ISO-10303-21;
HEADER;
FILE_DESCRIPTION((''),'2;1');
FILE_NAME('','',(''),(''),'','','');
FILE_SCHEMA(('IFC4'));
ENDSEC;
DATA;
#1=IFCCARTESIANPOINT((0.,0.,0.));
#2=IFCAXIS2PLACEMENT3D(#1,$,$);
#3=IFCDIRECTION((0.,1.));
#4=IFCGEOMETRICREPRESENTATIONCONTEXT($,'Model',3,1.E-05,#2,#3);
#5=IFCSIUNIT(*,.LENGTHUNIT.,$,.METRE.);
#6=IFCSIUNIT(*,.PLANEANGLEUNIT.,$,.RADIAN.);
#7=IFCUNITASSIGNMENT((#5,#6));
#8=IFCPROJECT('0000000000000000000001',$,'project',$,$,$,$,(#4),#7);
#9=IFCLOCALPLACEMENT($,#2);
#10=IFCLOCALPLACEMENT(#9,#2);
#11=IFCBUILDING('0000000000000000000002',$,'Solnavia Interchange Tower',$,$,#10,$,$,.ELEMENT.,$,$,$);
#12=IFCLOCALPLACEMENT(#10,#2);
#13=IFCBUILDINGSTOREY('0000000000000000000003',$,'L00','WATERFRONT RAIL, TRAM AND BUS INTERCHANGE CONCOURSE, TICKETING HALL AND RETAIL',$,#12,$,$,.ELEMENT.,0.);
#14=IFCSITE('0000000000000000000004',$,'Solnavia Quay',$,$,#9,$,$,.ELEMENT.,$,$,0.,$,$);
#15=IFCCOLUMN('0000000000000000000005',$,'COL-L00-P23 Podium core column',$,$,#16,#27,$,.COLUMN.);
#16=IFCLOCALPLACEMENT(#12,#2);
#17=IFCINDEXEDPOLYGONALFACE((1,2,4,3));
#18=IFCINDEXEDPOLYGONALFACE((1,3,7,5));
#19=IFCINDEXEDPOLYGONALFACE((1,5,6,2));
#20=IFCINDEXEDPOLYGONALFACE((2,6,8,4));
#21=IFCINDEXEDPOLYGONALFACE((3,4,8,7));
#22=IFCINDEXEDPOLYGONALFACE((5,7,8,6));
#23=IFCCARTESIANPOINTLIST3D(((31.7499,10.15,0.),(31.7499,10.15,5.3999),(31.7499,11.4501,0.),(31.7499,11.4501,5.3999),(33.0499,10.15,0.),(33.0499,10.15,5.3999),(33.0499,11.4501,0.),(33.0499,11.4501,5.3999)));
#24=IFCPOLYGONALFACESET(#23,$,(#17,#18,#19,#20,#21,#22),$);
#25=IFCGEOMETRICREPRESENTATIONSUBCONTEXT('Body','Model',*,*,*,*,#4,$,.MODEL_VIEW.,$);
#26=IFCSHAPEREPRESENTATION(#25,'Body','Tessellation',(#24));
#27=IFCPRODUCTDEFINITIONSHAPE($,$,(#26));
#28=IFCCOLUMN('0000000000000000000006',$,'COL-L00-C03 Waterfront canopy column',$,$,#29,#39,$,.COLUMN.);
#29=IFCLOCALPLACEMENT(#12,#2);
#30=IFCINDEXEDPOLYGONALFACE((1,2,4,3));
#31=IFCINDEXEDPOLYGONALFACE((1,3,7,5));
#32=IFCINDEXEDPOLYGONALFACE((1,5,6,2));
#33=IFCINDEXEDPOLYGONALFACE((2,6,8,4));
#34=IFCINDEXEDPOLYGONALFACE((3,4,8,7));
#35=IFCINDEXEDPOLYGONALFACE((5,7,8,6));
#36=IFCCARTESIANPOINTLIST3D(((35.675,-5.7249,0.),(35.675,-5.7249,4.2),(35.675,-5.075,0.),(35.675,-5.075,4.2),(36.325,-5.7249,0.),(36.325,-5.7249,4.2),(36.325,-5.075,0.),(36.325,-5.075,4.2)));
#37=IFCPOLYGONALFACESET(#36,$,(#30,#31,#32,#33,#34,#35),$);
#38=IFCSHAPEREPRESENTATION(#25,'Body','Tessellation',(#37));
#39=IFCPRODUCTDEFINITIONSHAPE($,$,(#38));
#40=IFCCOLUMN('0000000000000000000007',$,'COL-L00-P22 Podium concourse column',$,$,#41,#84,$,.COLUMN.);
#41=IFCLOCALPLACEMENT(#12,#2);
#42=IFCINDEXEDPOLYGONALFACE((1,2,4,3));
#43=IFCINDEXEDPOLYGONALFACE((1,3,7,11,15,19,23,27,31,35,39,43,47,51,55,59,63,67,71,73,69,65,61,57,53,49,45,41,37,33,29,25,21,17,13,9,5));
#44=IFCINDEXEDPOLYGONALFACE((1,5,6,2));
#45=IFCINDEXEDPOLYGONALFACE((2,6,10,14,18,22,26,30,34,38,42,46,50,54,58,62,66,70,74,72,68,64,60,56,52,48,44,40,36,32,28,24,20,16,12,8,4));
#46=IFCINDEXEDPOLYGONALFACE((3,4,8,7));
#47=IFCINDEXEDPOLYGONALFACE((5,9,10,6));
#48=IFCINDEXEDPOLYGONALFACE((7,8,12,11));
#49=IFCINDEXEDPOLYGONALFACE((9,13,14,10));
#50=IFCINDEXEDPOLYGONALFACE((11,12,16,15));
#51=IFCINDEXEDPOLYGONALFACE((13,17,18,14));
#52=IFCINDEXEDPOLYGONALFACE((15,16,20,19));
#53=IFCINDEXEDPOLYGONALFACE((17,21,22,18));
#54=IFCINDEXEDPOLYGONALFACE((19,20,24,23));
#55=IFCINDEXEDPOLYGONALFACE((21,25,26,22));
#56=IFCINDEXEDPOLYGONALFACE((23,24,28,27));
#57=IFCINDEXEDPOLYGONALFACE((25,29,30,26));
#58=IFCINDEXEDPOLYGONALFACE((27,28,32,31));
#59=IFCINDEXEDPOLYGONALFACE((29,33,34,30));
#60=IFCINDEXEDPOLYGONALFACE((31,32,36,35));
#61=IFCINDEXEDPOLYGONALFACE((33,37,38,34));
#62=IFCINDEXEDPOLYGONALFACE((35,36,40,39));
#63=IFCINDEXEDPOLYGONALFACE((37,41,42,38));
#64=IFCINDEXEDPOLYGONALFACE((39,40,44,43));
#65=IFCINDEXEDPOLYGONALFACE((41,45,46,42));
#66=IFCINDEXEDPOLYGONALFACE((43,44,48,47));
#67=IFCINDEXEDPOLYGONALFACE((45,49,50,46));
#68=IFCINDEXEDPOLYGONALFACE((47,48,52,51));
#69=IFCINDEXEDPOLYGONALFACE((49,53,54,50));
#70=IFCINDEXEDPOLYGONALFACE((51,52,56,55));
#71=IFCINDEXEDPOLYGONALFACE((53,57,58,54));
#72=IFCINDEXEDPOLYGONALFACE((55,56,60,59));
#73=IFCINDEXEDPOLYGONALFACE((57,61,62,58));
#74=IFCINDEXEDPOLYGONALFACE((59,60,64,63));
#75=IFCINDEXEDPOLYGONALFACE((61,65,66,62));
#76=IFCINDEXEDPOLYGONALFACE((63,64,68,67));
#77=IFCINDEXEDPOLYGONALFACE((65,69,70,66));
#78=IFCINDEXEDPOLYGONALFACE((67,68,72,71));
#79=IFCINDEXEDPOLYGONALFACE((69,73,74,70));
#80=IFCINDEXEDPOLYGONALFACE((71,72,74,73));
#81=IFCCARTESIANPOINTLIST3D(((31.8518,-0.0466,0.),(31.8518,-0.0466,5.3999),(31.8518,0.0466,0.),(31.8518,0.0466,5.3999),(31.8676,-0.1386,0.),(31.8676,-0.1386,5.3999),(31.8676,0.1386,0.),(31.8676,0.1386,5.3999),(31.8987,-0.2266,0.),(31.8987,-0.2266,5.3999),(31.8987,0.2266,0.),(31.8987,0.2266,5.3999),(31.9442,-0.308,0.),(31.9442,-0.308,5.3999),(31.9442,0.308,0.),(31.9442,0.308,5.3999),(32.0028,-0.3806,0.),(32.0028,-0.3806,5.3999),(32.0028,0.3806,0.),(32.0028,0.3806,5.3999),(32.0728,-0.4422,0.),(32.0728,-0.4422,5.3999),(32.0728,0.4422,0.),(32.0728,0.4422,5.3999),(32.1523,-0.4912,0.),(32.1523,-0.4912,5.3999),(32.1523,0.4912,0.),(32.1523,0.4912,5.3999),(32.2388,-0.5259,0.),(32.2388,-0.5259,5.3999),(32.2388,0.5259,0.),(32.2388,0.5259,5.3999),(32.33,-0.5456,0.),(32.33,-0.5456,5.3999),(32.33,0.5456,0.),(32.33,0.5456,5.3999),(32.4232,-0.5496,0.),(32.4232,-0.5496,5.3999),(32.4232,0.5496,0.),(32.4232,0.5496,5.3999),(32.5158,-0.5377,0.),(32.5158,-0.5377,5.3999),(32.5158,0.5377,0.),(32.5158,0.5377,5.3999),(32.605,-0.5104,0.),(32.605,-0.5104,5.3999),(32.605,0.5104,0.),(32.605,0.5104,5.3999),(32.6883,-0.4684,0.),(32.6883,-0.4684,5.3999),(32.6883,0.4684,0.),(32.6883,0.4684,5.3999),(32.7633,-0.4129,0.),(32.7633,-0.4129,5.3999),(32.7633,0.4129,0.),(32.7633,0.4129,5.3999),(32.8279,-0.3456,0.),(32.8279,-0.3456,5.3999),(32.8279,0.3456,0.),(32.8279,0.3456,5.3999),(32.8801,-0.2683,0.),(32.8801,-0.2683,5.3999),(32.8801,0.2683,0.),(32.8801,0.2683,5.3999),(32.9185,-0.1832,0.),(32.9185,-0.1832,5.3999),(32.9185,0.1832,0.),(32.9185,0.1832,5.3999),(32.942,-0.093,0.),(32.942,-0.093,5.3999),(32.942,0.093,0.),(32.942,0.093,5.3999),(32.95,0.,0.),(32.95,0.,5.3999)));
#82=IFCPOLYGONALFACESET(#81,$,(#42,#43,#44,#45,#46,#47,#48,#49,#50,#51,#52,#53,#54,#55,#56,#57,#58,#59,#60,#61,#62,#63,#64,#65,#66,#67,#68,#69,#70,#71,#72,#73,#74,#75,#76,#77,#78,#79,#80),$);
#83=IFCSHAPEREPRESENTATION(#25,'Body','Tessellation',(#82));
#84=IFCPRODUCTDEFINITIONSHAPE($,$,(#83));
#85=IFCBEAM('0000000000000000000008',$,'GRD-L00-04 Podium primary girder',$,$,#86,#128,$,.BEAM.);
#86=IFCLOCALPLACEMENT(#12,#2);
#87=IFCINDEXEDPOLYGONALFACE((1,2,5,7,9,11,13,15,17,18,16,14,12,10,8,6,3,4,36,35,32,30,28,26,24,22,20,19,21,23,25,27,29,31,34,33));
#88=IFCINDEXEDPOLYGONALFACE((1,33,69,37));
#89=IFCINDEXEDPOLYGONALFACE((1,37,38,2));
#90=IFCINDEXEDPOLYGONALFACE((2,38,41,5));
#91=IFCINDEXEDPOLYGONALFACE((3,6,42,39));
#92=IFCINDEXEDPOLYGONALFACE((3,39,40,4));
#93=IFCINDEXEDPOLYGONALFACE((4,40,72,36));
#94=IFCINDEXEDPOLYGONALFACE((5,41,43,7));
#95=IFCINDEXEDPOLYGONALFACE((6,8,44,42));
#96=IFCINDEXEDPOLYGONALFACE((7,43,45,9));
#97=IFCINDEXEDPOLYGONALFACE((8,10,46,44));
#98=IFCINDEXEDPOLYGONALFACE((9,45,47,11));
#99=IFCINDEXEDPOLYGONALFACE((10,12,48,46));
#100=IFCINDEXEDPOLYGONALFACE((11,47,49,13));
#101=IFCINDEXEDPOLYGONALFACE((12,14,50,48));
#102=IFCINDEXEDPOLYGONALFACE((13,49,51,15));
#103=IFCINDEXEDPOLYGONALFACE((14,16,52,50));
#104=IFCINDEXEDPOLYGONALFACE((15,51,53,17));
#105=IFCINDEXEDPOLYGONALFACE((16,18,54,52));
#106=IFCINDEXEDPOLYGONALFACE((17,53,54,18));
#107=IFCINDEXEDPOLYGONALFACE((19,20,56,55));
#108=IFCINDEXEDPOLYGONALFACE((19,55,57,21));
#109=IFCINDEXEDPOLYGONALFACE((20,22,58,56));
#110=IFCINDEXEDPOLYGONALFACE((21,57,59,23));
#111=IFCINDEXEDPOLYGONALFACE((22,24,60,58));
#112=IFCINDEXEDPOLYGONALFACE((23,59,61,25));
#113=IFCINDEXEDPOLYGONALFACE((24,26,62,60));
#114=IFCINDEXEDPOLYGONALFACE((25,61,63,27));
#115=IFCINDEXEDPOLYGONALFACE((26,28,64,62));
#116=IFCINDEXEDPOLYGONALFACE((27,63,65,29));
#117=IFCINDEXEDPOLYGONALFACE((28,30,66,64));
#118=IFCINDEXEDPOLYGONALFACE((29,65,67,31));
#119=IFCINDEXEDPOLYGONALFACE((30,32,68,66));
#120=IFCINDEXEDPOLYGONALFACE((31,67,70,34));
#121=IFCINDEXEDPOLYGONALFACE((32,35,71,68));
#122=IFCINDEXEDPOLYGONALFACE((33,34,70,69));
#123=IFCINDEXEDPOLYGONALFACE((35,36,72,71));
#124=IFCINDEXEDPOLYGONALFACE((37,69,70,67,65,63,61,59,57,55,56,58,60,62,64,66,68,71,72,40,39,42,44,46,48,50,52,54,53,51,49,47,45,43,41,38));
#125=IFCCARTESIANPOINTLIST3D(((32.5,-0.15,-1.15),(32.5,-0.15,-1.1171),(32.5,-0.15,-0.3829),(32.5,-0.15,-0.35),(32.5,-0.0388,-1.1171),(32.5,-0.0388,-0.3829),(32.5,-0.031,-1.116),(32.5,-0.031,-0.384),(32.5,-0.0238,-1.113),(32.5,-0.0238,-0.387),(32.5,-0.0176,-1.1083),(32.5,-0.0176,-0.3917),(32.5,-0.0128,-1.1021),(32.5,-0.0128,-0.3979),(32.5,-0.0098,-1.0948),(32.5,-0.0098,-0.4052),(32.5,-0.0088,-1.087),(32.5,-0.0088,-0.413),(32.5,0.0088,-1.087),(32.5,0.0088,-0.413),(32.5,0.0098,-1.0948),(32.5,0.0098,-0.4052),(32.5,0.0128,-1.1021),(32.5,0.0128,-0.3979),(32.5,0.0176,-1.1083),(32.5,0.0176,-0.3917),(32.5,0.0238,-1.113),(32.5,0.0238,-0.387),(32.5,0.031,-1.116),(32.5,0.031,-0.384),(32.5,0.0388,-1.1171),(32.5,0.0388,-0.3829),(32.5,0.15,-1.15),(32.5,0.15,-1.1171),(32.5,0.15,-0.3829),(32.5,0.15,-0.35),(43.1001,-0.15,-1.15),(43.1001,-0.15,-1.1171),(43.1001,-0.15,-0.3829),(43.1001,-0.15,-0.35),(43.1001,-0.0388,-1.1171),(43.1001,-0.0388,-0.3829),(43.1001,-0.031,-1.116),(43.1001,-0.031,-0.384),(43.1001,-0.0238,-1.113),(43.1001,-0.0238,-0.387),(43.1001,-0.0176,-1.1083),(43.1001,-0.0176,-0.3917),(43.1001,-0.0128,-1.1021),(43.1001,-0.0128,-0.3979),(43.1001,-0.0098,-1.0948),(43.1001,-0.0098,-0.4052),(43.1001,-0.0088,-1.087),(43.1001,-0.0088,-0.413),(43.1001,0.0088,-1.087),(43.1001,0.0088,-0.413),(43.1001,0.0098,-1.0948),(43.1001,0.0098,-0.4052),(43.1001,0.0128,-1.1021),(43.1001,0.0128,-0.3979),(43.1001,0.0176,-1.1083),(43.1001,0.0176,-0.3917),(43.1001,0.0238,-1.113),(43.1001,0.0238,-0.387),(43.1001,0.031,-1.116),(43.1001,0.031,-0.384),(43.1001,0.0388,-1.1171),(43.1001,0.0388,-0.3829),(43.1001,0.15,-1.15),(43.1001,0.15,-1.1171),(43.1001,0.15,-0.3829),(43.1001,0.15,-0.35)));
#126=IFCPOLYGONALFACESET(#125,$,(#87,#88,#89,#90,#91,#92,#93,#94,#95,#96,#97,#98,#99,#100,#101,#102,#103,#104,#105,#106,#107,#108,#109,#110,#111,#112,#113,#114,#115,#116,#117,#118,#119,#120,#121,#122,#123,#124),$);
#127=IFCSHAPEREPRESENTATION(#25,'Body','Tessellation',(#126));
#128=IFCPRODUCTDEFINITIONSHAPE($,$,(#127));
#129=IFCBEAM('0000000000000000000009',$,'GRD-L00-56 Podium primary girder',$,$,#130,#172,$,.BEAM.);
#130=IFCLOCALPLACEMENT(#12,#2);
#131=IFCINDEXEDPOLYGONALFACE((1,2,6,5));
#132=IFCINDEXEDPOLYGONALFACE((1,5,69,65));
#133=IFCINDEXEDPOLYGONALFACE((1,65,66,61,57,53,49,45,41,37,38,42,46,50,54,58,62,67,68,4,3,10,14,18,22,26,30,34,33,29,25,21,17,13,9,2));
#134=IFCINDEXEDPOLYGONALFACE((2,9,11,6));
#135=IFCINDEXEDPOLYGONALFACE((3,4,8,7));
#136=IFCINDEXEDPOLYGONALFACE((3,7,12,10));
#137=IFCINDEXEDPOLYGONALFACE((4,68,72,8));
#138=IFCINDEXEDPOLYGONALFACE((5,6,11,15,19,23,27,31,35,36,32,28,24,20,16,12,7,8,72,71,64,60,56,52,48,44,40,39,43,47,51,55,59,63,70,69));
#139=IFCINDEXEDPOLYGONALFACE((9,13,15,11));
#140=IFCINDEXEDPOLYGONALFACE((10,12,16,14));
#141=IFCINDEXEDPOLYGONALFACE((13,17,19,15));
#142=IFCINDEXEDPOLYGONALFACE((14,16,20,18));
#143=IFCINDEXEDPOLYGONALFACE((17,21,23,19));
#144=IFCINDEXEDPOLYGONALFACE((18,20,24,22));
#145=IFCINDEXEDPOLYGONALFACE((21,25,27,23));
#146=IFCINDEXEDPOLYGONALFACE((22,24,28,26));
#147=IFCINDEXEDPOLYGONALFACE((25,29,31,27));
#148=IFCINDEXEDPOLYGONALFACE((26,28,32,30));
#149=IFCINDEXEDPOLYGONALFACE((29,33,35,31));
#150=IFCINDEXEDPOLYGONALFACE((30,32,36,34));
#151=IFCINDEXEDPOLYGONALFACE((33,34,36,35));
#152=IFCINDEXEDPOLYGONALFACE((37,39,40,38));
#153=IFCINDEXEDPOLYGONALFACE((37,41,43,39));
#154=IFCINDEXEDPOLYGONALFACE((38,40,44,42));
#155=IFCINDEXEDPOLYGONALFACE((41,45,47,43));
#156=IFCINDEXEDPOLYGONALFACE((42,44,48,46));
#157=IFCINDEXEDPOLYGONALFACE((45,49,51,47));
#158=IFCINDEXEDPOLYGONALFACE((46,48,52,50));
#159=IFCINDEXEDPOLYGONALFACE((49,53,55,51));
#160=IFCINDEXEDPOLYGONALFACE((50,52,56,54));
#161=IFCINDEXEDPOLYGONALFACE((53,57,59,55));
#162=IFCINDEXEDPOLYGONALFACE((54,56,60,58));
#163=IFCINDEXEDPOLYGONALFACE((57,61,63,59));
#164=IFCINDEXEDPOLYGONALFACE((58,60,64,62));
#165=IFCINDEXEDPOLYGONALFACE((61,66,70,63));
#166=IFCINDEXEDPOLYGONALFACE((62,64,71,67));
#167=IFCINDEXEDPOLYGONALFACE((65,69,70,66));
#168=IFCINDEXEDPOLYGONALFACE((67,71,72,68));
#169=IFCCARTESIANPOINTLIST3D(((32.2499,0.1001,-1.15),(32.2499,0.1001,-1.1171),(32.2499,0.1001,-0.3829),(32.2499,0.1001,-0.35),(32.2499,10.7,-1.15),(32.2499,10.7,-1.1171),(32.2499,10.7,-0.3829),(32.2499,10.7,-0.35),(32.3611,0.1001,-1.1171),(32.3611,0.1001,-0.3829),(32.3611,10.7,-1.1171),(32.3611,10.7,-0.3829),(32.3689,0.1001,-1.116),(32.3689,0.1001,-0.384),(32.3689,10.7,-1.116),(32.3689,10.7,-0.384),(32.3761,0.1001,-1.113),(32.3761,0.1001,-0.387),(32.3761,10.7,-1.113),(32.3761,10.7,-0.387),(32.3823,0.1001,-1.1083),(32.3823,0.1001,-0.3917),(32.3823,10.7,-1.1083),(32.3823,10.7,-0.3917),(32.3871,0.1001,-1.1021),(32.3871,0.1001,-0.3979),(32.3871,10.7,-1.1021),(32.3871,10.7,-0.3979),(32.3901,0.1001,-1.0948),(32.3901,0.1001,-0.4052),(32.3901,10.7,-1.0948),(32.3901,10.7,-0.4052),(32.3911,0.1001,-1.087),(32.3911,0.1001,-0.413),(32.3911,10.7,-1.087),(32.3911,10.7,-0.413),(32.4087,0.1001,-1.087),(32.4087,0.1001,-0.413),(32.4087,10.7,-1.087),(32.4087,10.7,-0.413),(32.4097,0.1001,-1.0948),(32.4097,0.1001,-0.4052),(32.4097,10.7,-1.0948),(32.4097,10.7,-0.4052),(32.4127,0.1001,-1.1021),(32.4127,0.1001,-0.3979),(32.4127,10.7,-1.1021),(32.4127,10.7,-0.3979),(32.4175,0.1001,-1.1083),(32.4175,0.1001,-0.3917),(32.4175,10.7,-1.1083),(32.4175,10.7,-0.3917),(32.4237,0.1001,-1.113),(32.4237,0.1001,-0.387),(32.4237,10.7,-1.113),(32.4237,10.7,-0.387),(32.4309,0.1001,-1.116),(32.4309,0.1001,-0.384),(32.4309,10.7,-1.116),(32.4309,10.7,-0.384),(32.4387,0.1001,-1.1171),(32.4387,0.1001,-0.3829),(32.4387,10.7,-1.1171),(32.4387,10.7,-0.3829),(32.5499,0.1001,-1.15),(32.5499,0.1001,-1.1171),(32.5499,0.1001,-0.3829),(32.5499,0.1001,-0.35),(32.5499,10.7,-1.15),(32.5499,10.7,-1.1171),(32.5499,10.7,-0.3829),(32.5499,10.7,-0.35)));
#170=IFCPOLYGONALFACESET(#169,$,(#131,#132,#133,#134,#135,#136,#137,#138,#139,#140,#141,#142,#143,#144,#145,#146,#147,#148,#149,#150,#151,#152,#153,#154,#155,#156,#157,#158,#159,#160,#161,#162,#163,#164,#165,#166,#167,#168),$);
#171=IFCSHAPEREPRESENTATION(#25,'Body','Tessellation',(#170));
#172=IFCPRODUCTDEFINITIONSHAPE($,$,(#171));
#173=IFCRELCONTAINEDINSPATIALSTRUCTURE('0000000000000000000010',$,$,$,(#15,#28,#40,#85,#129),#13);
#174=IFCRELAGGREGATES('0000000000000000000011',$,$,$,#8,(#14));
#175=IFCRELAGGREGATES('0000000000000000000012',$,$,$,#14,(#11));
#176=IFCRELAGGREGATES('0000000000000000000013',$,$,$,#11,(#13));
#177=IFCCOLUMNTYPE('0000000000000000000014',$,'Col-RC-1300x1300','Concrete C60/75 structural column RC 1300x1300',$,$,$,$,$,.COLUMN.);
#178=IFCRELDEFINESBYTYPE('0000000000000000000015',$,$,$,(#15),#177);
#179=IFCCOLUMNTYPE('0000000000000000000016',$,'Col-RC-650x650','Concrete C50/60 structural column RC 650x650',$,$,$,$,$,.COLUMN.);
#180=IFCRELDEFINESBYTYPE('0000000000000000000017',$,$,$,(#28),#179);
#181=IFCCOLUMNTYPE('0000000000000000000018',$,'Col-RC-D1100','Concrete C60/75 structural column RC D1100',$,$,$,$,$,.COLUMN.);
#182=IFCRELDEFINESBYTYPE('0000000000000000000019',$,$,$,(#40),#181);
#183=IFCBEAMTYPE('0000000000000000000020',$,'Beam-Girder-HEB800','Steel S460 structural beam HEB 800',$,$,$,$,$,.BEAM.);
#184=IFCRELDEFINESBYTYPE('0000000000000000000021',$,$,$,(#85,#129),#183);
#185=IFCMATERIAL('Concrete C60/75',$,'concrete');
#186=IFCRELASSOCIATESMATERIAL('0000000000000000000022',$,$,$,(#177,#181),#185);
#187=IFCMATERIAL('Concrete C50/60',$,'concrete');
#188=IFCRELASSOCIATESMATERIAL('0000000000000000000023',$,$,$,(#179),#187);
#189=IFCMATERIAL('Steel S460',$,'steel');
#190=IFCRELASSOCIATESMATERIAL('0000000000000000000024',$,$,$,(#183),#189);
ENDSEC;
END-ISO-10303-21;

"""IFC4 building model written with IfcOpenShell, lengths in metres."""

from ifc_helpers import new_model, si_unit, direction, frame, origin, origin_2d, place, context, subcontext, project, spatial, rectangle, circle, i_section, extrude, material, material_profile, profile_set, type_object, element, save


model = new_model("IFC4")

# Units and contexts
model_context = context("Model", 3, precision=1e-05, world=origin(), true_north=direction((0.0, 1.0)))
body_context = subcontext(model_context, "Body", "Model", "MODEL_VIEW")
ifc_project = project(units=[si_unit("LENGTHUNIT", "METRE"), si_unit("PLANEANGLEUNIT", "RADIAN")], contexts=[model_context])

# Site, building, storey
site_placement = place(None, origin())
site = spatial("IfcSite", under=ifc_project, at=site_placement, Name="Solnavia Quay", CompositionType="ELEMENT", RefElevation=0.0)
building_placement = place(site_placement, origin())
building = spatial("IfcBuilding", under=site, at=building_placement, Name="Solnavia Interchange Tower", CompositionType="ELEMENT")
storey_placement = place(building_placement, origin())
storey = spatial("IfcBuildingStorey", under=building, at=storey_placement, Name="L00", Description="WATERFRONT RAIL, TRAM AND BUS INTERCHANGE CONCOURSE, TICKETING HALL AND RETAIL", CompositionType="ELEMENT", Elevation=0.0)

# Columns
ifc_material_1 = material(Name="Concrete C60/75", Category="concrete")
ifc_material_profile_1 = material_profile(ifc_material_1, rectangle(XDim=1.3, YDim=1.3, at=origin_2d()), Name="RC 1300x1300")
ifc_profile_set_1 = profile_set([ifc_material_profile_1], Name="Concrete C60/75")
column_type_1 = type_object("IfcColumnType", Name="Col-RC-1300x1300", Description="Concrete C60/75 structural column RC 1300x1300", PredefinedType="COLUMN", material=ifc_profile_set_1)
column_1_placement = place(storey_placement, frame((32.3999, 10.8, 0.0), z_axis=(0.0, 0.0, 1.0), x_axis=(1.0, 0.0, 0.0)))
element("IfcColumn", 1, at=column_1_placement, inside=storey, type_object=column_type_1, Name="COL-L00-P23 Podium core column", PredefinedType="COLUMN", context=body_context, shape_type="SweptSolid", body=[
    extrude(rectangle(XDim=1.3, YDim=1.3, at=origin_2d()), origin(), (0.0, 0.0, 1.0), 5.3999),
])
ifc_material_2 = material(Name="Concrete C50/60", Category="concrete")
ifc_material_profile_2 = material_profile(ifc_material_2, rectangle(XDim=0.6499, YDim=0.6499, at=origin_2d()), Name="RC 650x650")
ifc_profile_set_2 = profile_set([ifc_material_profile_2], Name="Concrete C50/60")
column_type_2 = type_object("IfcColumnType", Name="Col-RC-650x650", Description="Concrete C50/60 structural column RC 650x650", PredefinedType="COLUMN", material=ifc_profile_set_2)
column_2_placement = place(storey_placement, frame((36.0, -5.3999, 0.0), z_axis=(0.0, 0.0, 1.0), x_axis=(1.0, 0.0, 0.0)))
element("IfcColumn", 2, at=column_2_placement, inside=storey, type_object=column_type_2, Name="COL-L00-C03 Waterfront canopy column", PredefinedType="COLUMN", context=body_context, shape_type="SweptSolid", body=[
    extrude(rectangle(XDim=0.6499, YDim=0.6499, at=origin_2d()), origin(), (0.0, 0.0, 1.0), 4.2),
])
ifc_material_profile_3 = material_profile(ifc_material_1, circle(Radius=0.55, at=origin_2d()), Name="RC D1100")
ifc_profile_set_3 = profile_set([ifc_material_profile_3], Name="Concrete C60/75")
column_type_3 = type_object("IfcColumnType", Name="Col-RC-D1100", Description="Concrete C60/75 structural column RC D1100", PredefinedType="COLUMN", material=ifc_profile_set_3)
column_3_placement = place(storey_placement, frame((32.3999, 0.0, 0.0), z_axis=(0.0, 0.0, 1.0), x_axis=(1.0, 0.0, 0.0)))
element("IfcColumn", 3, at=column_3_placement, inside=storey, type_object=column_type_3, Name="COL-L00-P22 Podium concourse column", PredefinedType="COLUMN", context=body_context, shape_type="SweptSolid", body=[
    extrude(circle(Radius=0.55, at=origin_2d()), origin(), (0.0, 0.0, 1.0), 5.3999),
])

# Beams
ifc_material_3 = material(Name="Steel S460", Category="steel")
ifc_material_profile_4 = material_profile(ifc_material_3, i_section(OverallWidth=0.3, OverallDepth=0.8, WebThickness=0.0176, FlangeThickness=0.033, FilletRadius=0.03, at=origin_2d()), Name="HEB 800")
ifc_profile_set_4 = profile_set([ifc_material_profile_4], Name="Steel S460")
beam_type_1 = type_object("IfcBeamType", Name="Beam-Girder-HEB800", Description="Steel S460 structural beam HEB 800", PredefinedType="BEAM", material=ifc_profile_set_4)
beam_1_placement = place(storey_placement, frame((32.5, 0.0, -0.75), z_axis=(1.0, 0.0, 0.0), x_axis=(0.0, 1.0, 0.0)))
element("IfcBeam", 4, at=beam_1_placement, inside=storey, type_object=beam_type_1, Name="GRD-L00-04 Podium primary girder", PredefinedType="BEAM", context=body_context, shape_type="SweptSolid", body=[
    extrude(i_section(OverallWidth=0.3, OverallDepth=0.8, WebThickness=0.0176, FlangeThickness=0.033, FilletRadius=0.03, at=origin_2d()), origin(), (0.0, 0.0, 1.0), 10.6001),
])
beam_2_placement = place(storey_placement, frame((32.3999, 0.1001, -0.75), z_axis=(0.0, 1.0, 0.0), x_axis=(-1.0, 0.0, 0.0)))
element("IfcBeam", 5, at=beam_2_placement, inside=storey, type_object=beam_type_1, Name="GRD-L00-56 Podium primary girder", PredefinedType="BEAM", context=body_context, shape_type="SweptSolid", body=[
    extrude(i_section(OverallWidth=0.3, OverallDepth=0.8, WebThickness=0.0176, FlangeThickness=0.033, FilletRadius=0.03, at=origin_2d()), origin(), (0.0, 0.0, 1.0), 10.5999),
])

save(model, "model.ifc")
